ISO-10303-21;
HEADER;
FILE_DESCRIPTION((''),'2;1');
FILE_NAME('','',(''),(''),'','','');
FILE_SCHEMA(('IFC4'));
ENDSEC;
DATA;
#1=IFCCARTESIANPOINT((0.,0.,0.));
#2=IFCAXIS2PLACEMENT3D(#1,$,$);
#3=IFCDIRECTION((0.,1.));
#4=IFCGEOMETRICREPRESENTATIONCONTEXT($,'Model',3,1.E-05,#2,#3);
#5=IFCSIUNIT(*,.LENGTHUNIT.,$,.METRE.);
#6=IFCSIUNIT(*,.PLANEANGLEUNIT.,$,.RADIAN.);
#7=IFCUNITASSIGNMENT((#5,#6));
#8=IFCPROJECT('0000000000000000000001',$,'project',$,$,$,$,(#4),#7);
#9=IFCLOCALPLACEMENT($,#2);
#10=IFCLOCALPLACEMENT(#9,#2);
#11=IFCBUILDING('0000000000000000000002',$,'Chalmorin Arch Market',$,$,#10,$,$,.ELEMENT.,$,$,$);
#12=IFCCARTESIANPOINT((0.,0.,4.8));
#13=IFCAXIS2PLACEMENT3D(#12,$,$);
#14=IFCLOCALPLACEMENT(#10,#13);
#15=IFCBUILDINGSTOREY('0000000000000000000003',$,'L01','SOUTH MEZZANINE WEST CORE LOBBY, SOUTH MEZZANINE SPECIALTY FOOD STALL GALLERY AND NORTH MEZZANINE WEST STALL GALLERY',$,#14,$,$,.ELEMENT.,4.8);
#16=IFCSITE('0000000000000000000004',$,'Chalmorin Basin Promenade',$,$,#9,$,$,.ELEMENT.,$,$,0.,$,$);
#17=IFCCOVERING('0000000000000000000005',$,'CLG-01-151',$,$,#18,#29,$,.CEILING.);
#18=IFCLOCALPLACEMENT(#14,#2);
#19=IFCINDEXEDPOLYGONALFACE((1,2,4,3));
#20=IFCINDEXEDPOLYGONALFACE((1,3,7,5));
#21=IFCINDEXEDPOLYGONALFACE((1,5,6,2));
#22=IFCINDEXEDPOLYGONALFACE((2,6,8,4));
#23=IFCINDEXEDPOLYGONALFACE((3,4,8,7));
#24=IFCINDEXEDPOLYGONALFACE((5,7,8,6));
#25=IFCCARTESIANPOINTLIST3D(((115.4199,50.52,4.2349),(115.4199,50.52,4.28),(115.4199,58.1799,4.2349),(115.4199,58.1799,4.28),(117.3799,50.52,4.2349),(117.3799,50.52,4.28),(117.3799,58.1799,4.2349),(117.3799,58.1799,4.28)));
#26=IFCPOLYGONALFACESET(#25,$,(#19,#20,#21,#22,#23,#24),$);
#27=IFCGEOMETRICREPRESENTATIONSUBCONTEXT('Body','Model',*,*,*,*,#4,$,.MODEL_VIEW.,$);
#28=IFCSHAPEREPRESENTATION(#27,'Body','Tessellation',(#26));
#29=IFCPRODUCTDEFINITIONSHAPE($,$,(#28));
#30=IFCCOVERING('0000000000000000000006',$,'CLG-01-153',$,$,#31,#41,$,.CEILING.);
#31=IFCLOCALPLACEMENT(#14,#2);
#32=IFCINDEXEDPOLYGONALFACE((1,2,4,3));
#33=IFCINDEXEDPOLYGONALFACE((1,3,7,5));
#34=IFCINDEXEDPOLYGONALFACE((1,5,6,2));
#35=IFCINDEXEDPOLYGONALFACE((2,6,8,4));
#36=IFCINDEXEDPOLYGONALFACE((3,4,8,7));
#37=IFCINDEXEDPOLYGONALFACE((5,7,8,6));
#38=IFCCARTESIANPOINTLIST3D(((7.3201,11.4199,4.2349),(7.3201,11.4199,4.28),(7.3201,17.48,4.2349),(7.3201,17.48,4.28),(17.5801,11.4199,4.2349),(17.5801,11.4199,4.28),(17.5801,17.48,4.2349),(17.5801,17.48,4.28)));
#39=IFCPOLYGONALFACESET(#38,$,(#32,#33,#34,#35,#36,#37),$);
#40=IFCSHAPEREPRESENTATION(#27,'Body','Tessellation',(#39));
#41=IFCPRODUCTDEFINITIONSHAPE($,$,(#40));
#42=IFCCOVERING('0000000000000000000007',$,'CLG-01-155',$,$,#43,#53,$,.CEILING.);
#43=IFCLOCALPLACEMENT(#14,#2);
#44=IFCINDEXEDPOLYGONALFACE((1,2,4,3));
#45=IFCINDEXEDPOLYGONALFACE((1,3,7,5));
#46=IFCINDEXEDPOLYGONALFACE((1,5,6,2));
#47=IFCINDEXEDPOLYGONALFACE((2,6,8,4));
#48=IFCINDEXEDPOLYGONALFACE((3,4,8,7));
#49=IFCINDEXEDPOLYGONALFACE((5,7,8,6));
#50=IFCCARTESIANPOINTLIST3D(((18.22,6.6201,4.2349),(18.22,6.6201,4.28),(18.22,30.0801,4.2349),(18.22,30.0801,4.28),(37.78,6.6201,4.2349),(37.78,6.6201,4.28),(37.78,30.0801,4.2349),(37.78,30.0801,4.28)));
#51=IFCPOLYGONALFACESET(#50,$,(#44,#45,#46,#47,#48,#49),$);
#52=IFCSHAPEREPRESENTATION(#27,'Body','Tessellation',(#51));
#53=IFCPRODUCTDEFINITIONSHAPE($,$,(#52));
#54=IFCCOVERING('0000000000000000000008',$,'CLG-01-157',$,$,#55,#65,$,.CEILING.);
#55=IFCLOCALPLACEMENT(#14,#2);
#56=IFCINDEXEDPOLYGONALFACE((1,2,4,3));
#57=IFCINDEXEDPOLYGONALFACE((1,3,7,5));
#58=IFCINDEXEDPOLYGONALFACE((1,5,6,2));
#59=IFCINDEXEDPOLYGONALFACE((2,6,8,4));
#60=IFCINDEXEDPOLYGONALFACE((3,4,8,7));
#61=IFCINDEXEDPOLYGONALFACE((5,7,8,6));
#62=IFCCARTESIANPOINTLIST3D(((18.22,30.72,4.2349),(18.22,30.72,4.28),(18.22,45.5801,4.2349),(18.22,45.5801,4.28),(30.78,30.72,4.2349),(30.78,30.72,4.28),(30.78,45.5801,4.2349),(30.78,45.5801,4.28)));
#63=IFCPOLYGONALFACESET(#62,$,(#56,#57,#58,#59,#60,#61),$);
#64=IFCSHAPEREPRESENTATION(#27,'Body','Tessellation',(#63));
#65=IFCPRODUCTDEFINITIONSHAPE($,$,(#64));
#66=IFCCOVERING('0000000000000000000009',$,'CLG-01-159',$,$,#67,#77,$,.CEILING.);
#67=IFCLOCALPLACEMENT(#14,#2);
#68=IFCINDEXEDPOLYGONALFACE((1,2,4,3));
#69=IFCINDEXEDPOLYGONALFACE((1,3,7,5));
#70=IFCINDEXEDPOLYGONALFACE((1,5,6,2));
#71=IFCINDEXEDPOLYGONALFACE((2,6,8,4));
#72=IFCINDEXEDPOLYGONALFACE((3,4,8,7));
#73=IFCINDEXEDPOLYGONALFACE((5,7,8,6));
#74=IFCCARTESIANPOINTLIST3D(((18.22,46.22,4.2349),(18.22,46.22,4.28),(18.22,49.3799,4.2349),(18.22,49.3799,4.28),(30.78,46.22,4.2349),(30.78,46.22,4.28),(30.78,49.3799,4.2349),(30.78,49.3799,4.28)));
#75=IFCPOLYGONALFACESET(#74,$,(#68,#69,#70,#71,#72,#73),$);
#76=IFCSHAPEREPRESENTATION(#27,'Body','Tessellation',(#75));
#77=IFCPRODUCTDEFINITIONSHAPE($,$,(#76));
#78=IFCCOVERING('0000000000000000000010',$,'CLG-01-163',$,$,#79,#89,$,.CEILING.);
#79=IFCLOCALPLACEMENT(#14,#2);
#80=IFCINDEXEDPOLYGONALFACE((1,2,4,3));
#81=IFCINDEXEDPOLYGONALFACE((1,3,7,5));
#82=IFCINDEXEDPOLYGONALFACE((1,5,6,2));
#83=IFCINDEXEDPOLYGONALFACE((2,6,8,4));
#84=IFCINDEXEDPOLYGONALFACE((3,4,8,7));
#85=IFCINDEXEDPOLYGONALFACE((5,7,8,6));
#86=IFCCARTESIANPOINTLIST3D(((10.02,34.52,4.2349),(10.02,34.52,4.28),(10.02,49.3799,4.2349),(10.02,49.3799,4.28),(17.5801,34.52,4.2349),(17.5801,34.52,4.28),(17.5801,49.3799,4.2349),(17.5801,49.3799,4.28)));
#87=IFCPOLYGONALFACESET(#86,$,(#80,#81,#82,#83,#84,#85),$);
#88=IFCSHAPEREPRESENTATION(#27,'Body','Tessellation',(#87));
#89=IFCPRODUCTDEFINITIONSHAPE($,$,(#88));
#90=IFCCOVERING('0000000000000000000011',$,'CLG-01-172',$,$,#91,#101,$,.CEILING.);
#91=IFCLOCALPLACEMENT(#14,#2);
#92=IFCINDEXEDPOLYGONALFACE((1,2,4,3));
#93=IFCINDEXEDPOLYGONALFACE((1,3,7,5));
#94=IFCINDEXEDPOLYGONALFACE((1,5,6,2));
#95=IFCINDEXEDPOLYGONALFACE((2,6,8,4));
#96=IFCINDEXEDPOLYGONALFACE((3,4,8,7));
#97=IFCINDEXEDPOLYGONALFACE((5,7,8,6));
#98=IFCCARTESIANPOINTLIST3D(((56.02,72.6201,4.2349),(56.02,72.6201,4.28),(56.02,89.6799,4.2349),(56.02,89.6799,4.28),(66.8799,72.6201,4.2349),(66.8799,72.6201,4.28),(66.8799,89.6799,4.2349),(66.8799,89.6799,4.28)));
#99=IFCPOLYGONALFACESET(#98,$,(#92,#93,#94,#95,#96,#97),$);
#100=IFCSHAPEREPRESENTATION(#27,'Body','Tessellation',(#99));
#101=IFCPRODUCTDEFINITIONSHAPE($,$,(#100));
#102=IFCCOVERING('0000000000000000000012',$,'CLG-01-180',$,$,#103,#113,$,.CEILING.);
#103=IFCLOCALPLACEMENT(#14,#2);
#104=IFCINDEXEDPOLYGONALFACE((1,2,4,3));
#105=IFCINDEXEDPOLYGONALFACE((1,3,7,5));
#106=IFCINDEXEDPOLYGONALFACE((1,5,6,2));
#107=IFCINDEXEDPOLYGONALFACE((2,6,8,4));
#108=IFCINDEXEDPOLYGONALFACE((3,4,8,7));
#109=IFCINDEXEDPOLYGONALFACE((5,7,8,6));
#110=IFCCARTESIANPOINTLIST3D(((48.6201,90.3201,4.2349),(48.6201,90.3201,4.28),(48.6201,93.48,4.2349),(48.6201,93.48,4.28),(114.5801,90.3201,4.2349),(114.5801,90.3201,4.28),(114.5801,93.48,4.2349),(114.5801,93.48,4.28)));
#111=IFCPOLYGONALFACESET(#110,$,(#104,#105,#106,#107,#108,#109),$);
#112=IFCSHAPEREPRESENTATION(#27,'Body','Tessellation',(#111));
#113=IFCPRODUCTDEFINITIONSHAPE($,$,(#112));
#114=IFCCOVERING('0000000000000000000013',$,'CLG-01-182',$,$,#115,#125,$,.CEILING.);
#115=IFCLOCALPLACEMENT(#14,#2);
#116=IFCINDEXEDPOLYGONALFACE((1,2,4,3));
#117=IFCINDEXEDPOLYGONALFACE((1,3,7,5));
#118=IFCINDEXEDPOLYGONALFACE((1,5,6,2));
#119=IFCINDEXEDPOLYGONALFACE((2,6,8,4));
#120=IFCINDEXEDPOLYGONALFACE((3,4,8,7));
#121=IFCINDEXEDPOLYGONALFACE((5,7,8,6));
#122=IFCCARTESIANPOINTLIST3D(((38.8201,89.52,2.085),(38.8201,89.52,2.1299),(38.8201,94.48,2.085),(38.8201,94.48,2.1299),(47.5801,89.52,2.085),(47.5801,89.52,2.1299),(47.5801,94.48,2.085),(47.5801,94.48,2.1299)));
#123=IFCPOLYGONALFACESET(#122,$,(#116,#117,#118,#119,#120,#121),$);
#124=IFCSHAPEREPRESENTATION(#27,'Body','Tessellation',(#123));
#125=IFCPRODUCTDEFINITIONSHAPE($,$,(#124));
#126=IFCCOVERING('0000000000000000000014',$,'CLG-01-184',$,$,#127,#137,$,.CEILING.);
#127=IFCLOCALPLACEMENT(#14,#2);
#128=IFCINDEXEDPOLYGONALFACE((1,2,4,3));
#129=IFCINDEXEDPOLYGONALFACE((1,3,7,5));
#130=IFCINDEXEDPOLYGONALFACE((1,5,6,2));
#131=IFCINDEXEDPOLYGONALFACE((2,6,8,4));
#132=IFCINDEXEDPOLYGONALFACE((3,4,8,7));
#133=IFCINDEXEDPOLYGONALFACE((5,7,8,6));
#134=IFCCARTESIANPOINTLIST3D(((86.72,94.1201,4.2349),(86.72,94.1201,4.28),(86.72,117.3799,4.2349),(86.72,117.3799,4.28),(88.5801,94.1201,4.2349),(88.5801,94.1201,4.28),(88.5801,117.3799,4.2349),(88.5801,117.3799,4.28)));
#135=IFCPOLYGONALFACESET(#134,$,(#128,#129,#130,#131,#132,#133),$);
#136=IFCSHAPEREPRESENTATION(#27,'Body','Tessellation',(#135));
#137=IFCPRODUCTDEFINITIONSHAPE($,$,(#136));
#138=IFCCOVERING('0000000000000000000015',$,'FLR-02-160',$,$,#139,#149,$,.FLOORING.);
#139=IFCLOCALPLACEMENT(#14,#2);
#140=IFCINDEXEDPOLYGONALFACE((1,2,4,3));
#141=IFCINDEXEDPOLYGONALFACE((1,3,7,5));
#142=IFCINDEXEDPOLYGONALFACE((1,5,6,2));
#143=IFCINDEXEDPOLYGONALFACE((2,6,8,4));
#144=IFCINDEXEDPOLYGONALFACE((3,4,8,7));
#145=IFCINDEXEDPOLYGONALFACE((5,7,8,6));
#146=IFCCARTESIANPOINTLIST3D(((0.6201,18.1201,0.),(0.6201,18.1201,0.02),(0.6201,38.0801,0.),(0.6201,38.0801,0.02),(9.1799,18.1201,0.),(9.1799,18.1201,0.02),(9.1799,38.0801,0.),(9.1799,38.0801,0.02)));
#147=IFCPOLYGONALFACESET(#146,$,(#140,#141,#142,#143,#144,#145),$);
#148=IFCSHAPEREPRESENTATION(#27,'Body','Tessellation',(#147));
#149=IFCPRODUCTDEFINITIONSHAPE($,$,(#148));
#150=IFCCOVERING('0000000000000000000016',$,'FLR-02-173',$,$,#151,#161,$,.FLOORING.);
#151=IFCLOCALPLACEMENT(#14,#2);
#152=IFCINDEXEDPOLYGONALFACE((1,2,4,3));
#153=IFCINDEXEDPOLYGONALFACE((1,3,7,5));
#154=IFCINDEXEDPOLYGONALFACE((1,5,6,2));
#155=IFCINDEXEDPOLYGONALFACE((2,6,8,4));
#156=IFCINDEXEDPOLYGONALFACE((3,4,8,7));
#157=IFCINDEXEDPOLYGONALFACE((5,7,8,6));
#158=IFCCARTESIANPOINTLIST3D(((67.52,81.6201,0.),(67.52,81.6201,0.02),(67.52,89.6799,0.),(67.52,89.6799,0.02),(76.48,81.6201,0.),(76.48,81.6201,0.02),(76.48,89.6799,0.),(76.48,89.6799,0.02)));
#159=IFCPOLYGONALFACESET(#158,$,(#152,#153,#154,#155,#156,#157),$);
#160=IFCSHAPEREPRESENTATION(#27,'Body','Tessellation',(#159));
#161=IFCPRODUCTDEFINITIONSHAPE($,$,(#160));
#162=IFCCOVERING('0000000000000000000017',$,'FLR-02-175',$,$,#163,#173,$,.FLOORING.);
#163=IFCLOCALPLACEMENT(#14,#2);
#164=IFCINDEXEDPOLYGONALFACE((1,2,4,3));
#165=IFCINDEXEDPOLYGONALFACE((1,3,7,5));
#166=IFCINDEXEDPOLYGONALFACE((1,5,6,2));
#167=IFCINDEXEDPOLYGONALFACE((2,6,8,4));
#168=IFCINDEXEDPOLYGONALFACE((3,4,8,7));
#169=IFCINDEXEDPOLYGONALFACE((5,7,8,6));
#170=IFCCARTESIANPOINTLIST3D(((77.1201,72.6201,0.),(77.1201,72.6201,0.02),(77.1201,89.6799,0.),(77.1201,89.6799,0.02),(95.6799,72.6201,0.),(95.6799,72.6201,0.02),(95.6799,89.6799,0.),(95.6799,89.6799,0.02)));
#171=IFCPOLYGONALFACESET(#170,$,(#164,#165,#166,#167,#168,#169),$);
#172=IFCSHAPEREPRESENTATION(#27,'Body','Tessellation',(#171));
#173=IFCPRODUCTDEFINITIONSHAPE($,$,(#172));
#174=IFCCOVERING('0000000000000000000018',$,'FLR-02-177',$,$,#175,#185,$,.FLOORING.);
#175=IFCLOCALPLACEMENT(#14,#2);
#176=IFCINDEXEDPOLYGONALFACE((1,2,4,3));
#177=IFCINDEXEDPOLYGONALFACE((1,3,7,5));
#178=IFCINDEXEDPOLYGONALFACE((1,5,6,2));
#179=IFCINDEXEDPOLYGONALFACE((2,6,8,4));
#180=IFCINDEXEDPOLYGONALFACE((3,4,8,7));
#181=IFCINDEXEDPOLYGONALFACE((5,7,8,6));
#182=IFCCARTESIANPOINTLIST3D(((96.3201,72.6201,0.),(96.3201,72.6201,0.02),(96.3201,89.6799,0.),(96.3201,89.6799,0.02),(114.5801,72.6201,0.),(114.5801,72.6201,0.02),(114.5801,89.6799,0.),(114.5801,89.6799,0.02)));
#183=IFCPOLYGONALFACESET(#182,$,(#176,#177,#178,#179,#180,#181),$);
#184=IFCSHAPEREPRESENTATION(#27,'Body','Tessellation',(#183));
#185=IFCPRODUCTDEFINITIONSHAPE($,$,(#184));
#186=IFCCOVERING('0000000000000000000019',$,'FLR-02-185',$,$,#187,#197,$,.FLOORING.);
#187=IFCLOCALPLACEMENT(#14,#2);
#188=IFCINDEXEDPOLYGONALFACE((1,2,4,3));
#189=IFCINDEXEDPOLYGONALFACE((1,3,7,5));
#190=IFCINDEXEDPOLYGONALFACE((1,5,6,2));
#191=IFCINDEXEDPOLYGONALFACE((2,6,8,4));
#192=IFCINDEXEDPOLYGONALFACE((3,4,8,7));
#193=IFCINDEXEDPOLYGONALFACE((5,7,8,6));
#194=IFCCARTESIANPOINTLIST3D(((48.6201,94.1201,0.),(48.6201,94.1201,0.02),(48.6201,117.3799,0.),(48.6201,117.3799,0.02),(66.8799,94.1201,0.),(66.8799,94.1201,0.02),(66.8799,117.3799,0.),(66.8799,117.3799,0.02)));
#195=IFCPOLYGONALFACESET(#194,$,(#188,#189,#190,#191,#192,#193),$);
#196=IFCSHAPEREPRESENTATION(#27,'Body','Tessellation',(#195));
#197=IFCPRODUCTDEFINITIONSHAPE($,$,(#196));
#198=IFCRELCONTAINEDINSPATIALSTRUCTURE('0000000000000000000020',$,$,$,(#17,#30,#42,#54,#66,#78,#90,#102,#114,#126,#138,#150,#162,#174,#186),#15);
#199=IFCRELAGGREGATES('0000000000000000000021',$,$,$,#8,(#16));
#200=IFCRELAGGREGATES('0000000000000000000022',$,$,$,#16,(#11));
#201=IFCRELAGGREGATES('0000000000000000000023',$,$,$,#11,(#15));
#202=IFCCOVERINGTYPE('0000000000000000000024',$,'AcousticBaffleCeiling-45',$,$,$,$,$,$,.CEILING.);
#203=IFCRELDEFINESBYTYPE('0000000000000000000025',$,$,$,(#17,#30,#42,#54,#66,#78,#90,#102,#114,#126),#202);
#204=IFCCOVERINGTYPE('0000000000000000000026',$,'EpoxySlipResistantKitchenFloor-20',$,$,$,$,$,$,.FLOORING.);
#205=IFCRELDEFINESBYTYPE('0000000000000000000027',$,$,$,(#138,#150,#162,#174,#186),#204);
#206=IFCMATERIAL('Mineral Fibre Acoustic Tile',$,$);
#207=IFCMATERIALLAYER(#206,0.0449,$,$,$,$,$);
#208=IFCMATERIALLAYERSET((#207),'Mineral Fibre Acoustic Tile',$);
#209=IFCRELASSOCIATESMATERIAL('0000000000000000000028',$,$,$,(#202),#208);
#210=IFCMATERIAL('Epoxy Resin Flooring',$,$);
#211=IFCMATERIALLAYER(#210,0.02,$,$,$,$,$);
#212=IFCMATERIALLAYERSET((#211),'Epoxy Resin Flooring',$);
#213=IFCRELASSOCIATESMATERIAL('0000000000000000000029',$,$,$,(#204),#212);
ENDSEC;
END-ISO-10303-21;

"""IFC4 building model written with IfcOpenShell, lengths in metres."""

from ifc_helpers import new_model, si_unit, direction, frame, origin, place, context, subcontext, project, spatial, polyline, outline, extrude, material, layer, layer_set, type_object, element, save


model = new_model("IFC4")

# Units and contexts
model_context = context("Model", 3, precision=1e-05, world=origin(), true_north=direction((0.0, 1.0)))
body_context = subcontext(model_context, "Body", "Model", "MODEL_VIEW")
ifc_project = project(units=[si_unit("LENGTHUNIT", "METRE"), si_unit("PLANEANGLEUNIT", "RADIAN")], contexts=[model_context])

# Site, building, storey
site_placement = place(None, origin())
site = spatial("IfcSite", under=ifc_project, at=site_placement, Name="Chalmorin Basin Promenade", CompositionType="ELEMENT", RefElevation=0.0)
building_placement = place(site_placement, origin())
building = spatial("IfcBuilding", under=site, at=building_placement, Name="Chalmorin Arch Market", CompositionType="ELEMENT")
storey_placement = place(building_placement, frame((0.0, 0.0, 4.8)))
storey = spatial("IfcBuildingStorey", under=building, at=storey_placement, Name="L01", Description="SOUTH MEZZANINE WEST CORE LOBBY, SOUTH MEZZANINE SPECIALTY FOOD STALL GALLERY AND NORTH MEZZANINE WEST STALL GALLERY", CompositionType="ELEMENT", Elevation=4.8)

# Coverings
ifc_material_1 = material(Name="Mineral Fibre Acoustic Tile")
ifc_layer_1 = layer(ifc_material_1, 0.0449)
ifc_layer_set_1 = layer_set([ifc_layer_1], Name="Mineral Fibre Acoustic Tile")
covering_type_1 = type_object("IfcCoveringType", Name="AcousticBaffleCeiling-45", PredefinedType="CEILING", material=ifc_layer_set_1)
covering_1_placement = place(storey_placement, frame((0.0, 0.0, 4.2349)))
element("IfcCovering", 1, at=covering_1_placement, inside=storey, type_object=covering_type_1, Name="CLG-01-151", PredefinedType="CEILING", context=body_context, shape_type="SweptSolid", body=[
    extrude(outline(polyline([(115.4199, 50.52), (117.3799, 50.52), (117.3799, 58.1799), (115.4199, 58.1799), (115.4199, 50.52)])), origin(), (0.0, 0.0, 1.0), 0.0452),
])
covering_2_placement = place(storey_placement, frame((0.0, 0.0, 4.2349)))
element("IfcCovering", 2, at=covering_2_placement, inside=storey, type_object=covering_type_1, Name="CLG-01-153", PredefinedType="CEILING", context=body_context, shape_type="SweptSolid", body=[
    extrude(outline(polyline([(7.3201, 11.4199), (17.5801, 11.4199), (17.5801, 17.48), (7.3201, 17.48), (7.3201, 11.4199)])), origin(), (0.0, 0.0, 1.0), 0.0452),
])
covering_3_placement = place(storey_placement, frame((0.0, 0.0, 4.2349)))
element("IfcCovering", 3, at=covering_3_placement, inside=storey, type_object=covering_type_1, Name="CLG-01-155", PredefinedType="CEILING", context=body_context, shape_type="SweptSolid", body=[
    extrude(outline(polyline([(18.22, 6.6201), (37.78, 6.6201), (37.78, 30.0801), (18.22, 30.0801), (18.22, 6.6201)])), origin(), (0.0, 0.0, 1.0), 0.0452),
])
covering_4_placement = place(storey_placement, frame((0.0, 0.0, 4.2349)))
element("IfcCovering", 4, at=covering_4_placement, inside=storey, type_object=covering_type_1, Name="CLG-01-157", PredefinedType="CEILING", context=body_context, shape_type="SweptSolid", body=[
    extrude(outline(polyline([(18.22, 30.72), (30.78, 30.72), (30.78, 45.5801), (18.22, 45.5801), (18.22, 30.72)])), origin(), (0.0, 0.0, 1.0), 0.0452),
])
covering_5_placement = place(storey_placement, frame((0.0, 0.0, 4.2349)))
element("IfcCovering", 5, at=covering_5_placement, inside=storey, type_object=covering_type_1, Name="CLG-01-159", PredefinedType="CEILING", context=body_context, shape_type="SweptSolid", body=[
    extrude(outline(polyline([(18.22, 46.22), (30.78, 46.22), (30.78, 49.3799), (18.22, 49.3799), (18.22, 46.22)])), origin(), (0.0, 0.0, 1.0), 0.0452),
])
covering_6_placement = place(storey_placement, frame((0.0, 0.0, 4.2349)))
element("IfcCovering", 6, at=covering_6_placement, inside=storey, type_object=covering_type_1, Name="CLG-01-163", PredefinedType="CEILING", context=body_context, shape_type="SweptSolid", body=[
    extrude(outline(polyline([(10.02, 34.52), (17.5801, 34.52), (17.5801, 49.3799), (10.02, 49.3799), (10.02, 34.52)])), origin(), (0.0, 0.0, 1.0), 0.0452),
])
covering_7_placement = place(storey_placement, frame((0.0, 0.0, 4.2349)))
element("IfcCovering", 7, at=covering_7_placement, inside=storey, type_object=covering_type_1, Name="CLG-01-172", PredefinedType="CEILING", context=body_context, shape_type="SweptSolid", body=[
    extrude(outline(polyline([(56.02, 72.6201), (66.8799, 72.6201), (66.8799, 89.6799), (56.02, 89.6799), (56.02, 72.6201)])), origin(), (0.0, 0.0, 1.0), 0.0452),
])
covering_8_placement = place(storey_placement, frame((0.0, 0.0, 4.2349)))
element("IfcCovering", 8, at=covering_8_placement, inside=storey, type_object=covering_type_1, Name="CLG-01-180", PredefinedType="CEILING", context=body_context, shape_type="SweptSolid", body=[
    extrude(outline(polyline([(48.6201, 90.3201), (114.5801, 90.3201), (114.5801, 93.48), (48.6201, 93.48), (48.6201, 90.3201)])), origin(), (0.0, 0.0, 1.0), 0.0452),
])
covering_9_placement = place(storey_placement, frame((0.0, 0.0, 2.085)))
element("IfcCovering", 9, at=covering_9_placement, inside=storey, type_object=covering_type_1, Name="CLG-01-182", PredefinedType="CEILING", context=body_context, shape_type="SweptSolid", body=[
    extrude(outline(polyline([(38.8201, 89.52), (47.5801, 89.52), (47.5801, 94.48), (38.8201, 94.48), (38.8201, 89.52)])), origin(), (0.0, 0.0, 1.0), 0.0449),
])
covering_10_placement = place(storey_placement, frame((0.0, 0.0, 4.2349)))
element("IfcCovering", 10, at=covering_10_placement, inside=storey, type_object=covering_type_1, Name="CLG-01-184", PredefinedType="CEILING", context=body_context, shape_type="SweptSolid", body=[
    extrude(outline(polyline([(86.72, 94.1201), (88.5801, 94.1201), (88.5801, 117.3799), (86.72, 117.3799), (86.72, 94.1201)])), origin(), (0.0, 0.0, 1.0), 0.0452),
])
ifc_material_2 = material(Name="Epoxy Resin Flooring")
ifc_layer_2 = layer(ifc_material_2, 0.02)
ifc_layer_set_2 = layer_set([ifc_layer_2], Name="Epoxy Resin Flooring")
covering_type_2 = type_object("IfcCoveringType", Name="EpoxySlipResistantKitchenFloor-20", PredefinedType="FLOORING", material=ifc_layer_set_2)
covering_11_placement = place(storey_placement, origin())
element("IfcCovering", 11, at=covering_11_placement, inside=storey, type_object=covering_type_2, Name="FLR-02-160", PredefinedType="FLOORING", context=body_context, shape_type="SweptSolid", body=[
    extrude(outline(polyline([(0.6201, 18.1201), (9.1799, 18.1201), (9.1799, 38.0801), (0.6201, 38.0801), (0.6201, 18.1201)])), origin(), (0.0, 0.0, 1.0), 0.02),
])
covering_12_placement = place(storey_placement, origin())
element("IfcCovering", 12, at=covering_12_placement, inside=storey, type_object=covering_type_2, Name="FLR-02-173", PredefinedType="FLOORING", context=body_context, shape_type="SweptSolid", body=[
    extrude(outline(polyline([(67.52, 81.6201), (76.48, 81.6201), (76.48, 89.6799), (67.52, 89.6799), (67.52, 81.6201)])), origin(), (0.0, 0.0, 1.0), 0.02),
])
covering_13_placement = place(storey_placement, origin())
element("IfcCovering", 13, at=covering_13_placement, inside=storey, type_object=covering_type_2, Name="FLR-02-175", PredefinedType="FLOORING", context=body_context, shape_type="SweptSolid", body=[
    extrude(outline(polyline([(77.1201, 72.6201), (95.6799, 72.6201), (95.6799, 89.6799), (77.1201, 89.6799), (77.1201, 72.6201)])), origin(), (0.0, 0.0, 1.0), 0.02),
])
covering_14_placement = place(storey_placement, origin())
element("IfcCovering", 14, at=covering_14_placement, inside=storey, type_object=covering_type_2, Name="FLR-02-177", PredefinedType="FLOORING", context=body_context, shape_type="SweptSolid", body=[
    extrude(outline(polyline([(96.3201, 72.6201), (114.5801, 72.6201), (114.5801, 89.6799), (96.3201, 89.6799), (96.3201, 72.6201)])), origin(), (0.0, 0.0, 1.0), 0.02),
])
covering_15_placement = place(storey_placement, origin())
element("IfcCovering", 15, at=covering_15_placement, inside=storey, type_object=covering_type_2, Name="FLR-02-185", PredefinedType="FLOORING", context=body_context, shape_type="SweptSolid", body=[
    extrude(outline(polyline([(48.6201, 94.1201), (66.8799, 94.1201), (66.8799, 117.3799), (48.6201, 117.3799), (48.6201, 94.1201)])), origin(), (0.0, 0.0, 1.0), 0.02),
])

save(model, "model.ifc")
